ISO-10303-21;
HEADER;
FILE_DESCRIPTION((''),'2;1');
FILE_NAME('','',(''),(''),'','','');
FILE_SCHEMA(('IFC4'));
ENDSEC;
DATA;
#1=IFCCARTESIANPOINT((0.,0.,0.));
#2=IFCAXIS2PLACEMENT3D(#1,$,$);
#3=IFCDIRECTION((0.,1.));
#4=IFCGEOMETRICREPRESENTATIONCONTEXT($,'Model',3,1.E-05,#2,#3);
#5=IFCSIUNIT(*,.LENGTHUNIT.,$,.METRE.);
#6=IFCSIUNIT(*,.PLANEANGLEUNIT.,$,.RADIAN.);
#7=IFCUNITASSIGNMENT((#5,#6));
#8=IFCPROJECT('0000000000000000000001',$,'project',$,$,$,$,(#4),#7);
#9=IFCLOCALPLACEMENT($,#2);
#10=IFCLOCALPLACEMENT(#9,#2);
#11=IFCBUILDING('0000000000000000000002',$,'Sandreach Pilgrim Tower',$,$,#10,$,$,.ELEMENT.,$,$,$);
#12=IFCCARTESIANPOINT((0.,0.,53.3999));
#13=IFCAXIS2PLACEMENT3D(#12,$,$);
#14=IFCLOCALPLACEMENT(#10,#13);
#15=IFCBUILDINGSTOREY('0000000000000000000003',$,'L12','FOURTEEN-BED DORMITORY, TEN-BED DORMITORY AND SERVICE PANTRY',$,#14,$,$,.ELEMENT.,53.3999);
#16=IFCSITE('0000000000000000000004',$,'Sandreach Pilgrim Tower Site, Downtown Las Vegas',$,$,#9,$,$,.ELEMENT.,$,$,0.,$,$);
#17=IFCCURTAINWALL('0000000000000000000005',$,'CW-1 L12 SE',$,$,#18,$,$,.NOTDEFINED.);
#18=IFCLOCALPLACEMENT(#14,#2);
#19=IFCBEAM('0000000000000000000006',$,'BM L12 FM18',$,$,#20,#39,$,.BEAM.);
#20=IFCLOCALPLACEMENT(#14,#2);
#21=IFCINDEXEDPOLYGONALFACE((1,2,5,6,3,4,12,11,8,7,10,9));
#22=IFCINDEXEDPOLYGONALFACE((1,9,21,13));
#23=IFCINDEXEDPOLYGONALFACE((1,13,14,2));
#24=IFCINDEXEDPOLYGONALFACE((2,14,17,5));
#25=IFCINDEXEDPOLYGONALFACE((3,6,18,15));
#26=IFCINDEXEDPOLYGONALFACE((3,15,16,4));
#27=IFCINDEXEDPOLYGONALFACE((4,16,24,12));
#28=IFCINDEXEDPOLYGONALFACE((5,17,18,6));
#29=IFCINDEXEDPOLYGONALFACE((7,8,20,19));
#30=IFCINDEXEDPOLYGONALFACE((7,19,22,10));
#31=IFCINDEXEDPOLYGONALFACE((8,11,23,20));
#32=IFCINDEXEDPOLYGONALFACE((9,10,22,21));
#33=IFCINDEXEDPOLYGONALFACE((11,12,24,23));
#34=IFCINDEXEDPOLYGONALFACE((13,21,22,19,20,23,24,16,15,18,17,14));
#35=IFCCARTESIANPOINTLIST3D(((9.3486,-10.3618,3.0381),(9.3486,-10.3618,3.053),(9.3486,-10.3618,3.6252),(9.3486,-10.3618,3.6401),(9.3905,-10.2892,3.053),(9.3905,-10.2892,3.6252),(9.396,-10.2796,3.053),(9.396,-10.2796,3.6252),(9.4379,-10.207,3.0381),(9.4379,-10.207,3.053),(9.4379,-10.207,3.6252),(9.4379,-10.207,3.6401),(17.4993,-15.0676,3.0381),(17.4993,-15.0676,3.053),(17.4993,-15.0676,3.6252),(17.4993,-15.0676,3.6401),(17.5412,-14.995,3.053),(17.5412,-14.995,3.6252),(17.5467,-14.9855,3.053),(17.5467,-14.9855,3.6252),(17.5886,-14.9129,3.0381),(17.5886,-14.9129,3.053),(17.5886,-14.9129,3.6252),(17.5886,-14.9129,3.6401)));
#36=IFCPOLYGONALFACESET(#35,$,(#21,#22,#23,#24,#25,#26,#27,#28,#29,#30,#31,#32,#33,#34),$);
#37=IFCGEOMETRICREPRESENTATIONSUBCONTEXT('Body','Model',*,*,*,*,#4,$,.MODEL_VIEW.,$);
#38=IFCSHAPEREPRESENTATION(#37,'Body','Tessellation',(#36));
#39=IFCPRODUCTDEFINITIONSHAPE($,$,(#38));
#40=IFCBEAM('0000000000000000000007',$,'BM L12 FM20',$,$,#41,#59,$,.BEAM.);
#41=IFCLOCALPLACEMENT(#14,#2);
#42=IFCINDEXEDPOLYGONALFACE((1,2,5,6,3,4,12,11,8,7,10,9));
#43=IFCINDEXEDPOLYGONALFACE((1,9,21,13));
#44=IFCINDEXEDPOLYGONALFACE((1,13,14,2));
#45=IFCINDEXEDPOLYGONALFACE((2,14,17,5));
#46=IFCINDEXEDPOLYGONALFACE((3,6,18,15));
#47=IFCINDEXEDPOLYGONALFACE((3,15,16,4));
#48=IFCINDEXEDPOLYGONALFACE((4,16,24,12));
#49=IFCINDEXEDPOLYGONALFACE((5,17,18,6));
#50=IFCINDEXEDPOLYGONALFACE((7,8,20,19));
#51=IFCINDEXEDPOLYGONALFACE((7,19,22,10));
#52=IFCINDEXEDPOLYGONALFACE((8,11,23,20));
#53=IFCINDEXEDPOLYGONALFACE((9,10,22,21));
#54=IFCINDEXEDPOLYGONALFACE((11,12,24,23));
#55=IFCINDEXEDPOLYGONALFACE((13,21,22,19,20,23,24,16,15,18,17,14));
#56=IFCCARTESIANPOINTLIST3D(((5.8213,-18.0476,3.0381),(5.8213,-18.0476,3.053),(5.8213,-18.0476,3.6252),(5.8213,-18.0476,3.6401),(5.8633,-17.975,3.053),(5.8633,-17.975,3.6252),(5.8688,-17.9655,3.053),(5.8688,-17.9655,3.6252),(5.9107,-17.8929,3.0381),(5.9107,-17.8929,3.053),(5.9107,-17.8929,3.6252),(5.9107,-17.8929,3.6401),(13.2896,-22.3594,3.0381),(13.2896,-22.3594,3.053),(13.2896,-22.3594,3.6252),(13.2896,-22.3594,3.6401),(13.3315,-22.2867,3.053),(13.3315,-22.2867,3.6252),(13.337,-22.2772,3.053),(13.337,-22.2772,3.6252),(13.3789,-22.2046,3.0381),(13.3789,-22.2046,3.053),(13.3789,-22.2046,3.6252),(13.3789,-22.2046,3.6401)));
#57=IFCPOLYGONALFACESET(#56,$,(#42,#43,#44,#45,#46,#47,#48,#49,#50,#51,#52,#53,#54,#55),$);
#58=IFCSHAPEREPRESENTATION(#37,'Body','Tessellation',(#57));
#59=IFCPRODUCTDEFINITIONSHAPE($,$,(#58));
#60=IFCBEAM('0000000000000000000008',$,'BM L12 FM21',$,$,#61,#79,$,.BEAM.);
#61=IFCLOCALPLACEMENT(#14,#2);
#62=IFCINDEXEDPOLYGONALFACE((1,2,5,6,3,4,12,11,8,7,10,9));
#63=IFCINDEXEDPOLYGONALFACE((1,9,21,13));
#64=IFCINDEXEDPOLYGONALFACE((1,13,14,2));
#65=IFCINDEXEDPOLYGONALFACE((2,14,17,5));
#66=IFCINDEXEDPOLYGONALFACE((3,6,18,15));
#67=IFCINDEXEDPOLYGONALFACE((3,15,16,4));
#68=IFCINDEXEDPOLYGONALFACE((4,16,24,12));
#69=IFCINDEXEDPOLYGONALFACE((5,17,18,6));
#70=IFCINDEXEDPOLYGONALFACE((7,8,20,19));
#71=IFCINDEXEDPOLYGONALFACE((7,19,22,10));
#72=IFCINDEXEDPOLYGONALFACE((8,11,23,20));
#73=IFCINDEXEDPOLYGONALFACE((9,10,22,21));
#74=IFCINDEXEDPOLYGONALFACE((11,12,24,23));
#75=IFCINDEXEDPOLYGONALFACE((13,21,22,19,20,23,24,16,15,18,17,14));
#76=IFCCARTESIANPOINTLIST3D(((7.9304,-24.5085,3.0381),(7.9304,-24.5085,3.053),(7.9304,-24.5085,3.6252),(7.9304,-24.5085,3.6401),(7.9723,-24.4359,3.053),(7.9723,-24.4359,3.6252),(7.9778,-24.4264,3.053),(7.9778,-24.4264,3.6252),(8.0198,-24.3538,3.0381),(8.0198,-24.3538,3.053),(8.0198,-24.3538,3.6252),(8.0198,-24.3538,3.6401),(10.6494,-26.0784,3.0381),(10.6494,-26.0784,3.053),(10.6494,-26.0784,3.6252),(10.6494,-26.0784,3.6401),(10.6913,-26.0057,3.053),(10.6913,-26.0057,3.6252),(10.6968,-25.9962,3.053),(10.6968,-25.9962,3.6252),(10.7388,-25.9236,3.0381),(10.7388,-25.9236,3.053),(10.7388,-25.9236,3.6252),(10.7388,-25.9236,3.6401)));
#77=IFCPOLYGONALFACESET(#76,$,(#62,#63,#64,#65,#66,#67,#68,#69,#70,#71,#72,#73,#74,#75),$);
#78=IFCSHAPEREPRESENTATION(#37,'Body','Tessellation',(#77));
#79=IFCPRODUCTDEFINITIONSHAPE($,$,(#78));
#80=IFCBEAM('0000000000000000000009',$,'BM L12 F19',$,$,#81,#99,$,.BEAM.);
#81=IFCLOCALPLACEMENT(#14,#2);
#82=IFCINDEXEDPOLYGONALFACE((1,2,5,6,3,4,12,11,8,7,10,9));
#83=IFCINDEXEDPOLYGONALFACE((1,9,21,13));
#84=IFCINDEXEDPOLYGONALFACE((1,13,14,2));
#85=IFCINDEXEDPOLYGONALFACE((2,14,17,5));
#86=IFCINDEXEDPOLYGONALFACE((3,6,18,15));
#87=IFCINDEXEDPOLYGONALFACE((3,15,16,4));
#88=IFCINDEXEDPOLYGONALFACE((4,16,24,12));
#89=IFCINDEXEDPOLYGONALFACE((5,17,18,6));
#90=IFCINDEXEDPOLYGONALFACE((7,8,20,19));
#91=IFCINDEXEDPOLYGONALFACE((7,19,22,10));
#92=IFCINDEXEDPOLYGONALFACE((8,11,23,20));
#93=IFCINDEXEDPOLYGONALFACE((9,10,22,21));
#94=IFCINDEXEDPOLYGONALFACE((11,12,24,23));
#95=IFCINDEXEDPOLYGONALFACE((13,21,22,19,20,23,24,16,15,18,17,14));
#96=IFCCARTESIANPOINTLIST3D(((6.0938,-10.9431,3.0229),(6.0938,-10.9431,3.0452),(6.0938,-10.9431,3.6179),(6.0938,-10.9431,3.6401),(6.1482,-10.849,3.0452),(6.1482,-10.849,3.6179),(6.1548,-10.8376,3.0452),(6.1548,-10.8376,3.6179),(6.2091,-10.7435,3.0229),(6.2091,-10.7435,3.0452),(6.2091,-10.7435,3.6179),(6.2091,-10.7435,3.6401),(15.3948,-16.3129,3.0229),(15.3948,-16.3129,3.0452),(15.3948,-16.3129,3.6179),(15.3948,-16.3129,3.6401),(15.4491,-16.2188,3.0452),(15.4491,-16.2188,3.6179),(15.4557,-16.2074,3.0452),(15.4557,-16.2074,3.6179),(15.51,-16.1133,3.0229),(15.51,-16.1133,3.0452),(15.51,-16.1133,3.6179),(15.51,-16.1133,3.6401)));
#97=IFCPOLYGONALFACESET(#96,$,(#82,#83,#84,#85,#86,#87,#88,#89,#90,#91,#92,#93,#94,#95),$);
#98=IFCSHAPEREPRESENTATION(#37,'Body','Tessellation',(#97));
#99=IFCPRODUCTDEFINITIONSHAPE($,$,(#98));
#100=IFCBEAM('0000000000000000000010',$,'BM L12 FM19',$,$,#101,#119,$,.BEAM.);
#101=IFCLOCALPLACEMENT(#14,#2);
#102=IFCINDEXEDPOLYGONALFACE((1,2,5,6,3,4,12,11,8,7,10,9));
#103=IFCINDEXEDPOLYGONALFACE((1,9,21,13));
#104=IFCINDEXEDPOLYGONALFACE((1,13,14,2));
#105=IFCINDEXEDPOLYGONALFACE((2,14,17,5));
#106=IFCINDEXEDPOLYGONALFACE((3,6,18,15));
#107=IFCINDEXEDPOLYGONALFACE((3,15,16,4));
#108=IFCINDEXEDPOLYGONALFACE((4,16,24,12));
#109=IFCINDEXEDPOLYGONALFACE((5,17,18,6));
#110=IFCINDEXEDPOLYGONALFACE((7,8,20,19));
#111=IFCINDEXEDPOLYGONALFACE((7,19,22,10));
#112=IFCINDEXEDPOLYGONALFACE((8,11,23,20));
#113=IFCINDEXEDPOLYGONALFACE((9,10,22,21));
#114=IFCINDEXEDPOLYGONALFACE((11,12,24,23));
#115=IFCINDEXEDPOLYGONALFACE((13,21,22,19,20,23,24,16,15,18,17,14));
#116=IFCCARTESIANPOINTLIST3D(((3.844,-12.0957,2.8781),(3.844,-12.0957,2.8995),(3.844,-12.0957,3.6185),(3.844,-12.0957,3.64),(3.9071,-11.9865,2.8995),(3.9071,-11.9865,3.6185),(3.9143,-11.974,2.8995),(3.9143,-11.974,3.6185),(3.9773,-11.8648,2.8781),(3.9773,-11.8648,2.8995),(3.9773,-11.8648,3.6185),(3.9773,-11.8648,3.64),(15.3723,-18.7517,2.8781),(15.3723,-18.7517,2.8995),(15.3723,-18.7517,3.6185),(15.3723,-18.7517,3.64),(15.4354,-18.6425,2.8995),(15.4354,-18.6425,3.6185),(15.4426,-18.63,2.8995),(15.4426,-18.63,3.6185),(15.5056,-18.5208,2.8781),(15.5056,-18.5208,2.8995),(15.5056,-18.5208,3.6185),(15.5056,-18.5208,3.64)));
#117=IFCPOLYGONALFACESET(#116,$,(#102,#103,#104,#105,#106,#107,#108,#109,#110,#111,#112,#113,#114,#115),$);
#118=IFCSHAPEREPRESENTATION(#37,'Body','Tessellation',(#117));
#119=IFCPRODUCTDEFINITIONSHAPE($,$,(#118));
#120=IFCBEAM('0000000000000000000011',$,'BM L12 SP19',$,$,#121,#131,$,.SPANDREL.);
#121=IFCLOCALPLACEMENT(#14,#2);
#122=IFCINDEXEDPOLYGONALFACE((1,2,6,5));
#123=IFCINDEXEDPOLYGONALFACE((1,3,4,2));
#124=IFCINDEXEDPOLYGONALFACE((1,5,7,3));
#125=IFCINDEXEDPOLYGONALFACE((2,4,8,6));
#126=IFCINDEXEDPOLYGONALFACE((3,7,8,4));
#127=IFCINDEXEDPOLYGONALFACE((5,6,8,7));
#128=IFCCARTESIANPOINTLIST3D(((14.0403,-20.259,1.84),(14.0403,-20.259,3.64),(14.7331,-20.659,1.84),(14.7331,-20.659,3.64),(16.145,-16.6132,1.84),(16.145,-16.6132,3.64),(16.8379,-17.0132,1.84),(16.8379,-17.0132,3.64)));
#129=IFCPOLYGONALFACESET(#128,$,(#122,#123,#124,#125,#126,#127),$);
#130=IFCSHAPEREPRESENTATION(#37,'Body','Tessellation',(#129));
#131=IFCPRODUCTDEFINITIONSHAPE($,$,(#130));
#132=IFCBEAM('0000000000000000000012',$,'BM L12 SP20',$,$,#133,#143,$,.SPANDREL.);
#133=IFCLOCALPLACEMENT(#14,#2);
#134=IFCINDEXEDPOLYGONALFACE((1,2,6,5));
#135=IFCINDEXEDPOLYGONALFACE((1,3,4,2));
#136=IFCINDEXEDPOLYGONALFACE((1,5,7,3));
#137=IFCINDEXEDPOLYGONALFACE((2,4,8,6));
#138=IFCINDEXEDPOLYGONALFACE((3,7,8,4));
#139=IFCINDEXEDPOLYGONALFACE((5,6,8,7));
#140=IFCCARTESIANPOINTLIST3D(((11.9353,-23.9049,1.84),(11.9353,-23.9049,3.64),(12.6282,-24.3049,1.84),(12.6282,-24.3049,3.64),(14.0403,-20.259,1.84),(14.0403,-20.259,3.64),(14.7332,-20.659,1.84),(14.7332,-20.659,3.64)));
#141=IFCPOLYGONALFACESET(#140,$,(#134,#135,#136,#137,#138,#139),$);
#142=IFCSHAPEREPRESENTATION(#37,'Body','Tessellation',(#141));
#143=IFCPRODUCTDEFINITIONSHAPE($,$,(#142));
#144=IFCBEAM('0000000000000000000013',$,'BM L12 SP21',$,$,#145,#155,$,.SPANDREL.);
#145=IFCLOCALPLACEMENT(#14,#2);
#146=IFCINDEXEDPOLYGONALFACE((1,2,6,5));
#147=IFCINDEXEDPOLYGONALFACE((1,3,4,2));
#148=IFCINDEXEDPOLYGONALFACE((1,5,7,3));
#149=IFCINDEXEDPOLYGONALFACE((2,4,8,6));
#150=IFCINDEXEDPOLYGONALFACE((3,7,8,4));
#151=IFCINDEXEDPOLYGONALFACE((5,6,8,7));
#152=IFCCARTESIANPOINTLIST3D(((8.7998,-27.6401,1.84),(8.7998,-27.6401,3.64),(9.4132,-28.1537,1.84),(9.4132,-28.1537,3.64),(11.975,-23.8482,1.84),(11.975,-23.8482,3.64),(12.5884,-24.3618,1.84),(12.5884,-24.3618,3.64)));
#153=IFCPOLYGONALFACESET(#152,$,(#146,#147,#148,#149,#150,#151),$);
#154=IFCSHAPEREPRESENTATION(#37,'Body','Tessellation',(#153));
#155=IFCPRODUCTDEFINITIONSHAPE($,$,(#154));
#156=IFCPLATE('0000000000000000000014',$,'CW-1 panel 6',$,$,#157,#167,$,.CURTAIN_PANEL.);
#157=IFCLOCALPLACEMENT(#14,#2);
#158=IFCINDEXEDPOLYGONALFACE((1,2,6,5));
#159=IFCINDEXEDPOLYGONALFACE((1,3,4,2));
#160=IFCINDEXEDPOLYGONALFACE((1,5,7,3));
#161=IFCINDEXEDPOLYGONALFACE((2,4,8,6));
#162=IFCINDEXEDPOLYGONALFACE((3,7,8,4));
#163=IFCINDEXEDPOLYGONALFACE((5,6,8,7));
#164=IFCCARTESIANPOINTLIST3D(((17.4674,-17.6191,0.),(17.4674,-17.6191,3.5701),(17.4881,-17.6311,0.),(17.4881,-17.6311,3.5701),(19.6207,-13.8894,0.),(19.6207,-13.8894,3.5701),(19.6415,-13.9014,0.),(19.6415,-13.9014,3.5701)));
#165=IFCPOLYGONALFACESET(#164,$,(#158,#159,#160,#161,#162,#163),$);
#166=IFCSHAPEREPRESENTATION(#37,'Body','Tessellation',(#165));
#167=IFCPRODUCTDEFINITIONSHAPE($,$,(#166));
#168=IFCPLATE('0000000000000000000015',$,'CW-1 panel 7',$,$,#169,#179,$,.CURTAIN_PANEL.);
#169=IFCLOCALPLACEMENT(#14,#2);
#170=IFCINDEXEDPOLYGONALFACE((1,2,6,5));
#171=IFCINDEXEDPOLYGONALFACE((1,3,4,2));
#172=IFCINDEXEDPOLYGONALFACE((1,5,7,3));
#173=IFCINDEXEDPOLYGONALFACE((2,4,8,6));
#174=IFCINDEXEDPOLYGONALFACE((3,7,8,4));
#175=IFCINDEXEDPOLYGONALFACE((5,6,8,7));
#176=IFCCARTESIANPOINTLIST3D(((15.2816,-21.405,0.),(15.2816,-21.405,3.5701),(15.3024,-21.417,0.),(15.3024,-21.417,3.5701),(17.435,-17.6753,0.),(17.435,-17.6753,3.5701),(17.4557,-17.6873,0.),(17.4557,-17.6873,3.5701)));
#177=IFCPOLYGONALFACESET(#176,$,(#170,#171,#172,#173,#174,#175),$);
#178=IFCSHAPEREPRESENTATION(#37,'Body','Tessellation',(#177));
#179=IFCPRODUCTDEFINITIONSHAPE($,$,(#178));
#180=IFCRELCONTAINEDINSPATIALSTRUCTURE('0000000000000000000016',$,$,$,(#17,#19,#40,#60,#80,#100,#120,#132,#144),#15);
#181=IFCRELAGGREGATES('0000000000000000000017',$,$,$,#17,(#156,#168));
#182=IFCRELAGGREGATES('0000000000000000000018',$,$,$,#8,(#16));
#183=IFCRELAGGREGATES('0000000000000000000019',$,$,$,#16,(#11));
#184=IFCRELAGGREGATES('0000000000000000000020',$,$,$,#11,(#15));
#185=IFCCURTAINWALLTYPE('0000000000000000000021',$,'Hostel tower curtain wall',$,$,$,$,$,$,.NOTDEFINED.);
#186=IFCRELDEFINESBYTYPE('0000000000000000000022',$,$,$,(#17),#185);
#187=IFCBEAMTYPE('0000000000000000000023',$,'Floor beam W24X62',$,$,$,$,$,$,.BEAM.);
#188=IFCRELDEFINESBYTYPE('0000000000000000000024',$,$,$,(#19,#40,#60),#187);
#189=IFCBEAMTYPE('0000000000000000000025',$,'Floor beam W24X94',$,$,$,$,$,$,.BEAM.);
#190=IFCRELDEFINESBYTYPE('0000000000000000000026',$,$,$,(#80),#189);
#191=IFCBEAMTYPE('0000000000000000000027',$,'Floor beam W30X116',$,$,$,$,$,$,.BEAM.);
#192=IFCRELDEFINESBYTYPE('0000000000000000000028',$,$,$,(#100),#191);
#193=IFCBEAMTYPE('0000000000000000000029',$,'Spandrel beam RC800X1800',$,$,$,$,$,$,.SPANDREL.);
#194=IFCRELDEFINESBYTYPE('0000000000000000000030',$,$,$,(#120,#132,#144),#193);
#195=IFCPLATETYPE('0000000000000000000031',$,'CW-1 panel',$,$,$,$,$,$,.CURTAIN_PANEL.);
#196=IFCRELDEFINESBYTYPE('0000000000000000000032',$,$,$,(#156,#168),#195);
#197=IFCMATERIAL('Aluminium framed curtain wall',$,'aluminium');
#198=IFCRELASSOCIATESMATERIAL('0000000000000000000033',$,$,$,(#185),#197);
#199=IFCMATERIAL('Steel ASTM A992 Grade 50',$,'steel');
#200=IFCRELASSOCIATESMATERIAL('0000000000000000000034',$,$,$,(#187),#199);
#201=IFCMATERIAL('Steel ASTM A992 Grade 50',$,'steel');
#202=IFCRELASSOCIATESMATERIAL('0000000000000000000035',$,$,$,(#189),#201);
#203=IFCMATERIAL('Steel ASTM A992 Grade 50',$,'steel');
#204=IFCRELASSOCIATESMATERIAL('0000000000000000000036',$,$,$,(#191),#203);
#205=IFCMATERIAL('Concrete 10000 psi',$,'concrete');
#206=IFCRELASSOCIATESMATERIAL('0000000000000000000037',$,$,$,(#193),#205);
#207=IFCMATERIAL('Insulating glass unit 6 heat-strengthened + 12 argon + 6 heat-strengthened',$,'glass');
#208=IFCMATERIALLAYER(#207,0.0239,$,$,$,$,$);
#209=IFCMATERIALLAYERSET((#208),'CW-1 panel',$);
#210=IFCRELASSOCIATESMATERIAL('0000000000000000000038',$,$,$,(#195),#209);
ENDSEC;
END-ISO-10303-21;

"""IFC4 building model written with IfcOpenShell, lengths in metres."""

from ifc_helpers import new_model, si_unit, direction, frame, origin, origin_2d, place, context, subcontext, project, spatial, rectangle, i_section, extrude, material, layer, layer_set, material_profile, profile_set, type_object, element, aggregate, save


model = new_model("IFC4")

# Units and contexts
model_context = context("Model", 3, precision=1e-05, world=origin(), true_north=direction((0.0, 1.0)))
body_context = subcontext(model_context, "Body", "Model", "MODEL_VIEW")
ifc_project = project(units=[si_unit("LENGTHUNIT", "METRE"), si_unit("PLANEANGLEUNIT", "RADIAN")], contexts=[model_context])

# Site, building, storey
site_placement = place(None, origin())
site = spatial("IfcSite", under=ifc_project, at=site_placement, Name="Sandreach Pilgrim Tower Site, Downtown Las Vegas", CompositionType="ELEMENT", RefElevation=0.0)
building_placement = place(site_placement, origin())
building = spatial("IfcBuilding", under=site, at=building_placement, Name="Sandreach Pilgrim Tower", CompositionType="ELEMENT")
storey_placement = place(building_placement, frame((0.0, 0.0, 53.3999)))
storey = spatial("IfcBuildingStorey", under=building, at=storey_placement, Name="L12", Description="FOURTEEN-BED DORMITORY, TEN-BED DORMITORY AND SERVICE PANTRY", CompositionType="ELEMENT", Elevation=53.3999)

# Curtain wall
ifc_material_1 = material(Name="Aluminium framed curtain wall", Category="aluminium")
curtain_wall_type = type_object("IfcCurtainWallType", Name="Hostel tower curtain wall", PredefinedType="NOTDEFINED", material=ifc_material_1)
curtain_wall_placement = place(storey_placement, origin())
curtain_wall = element("IfcCurtainWall", 1, at=curtain_wall_placement, inside=storey, type_object=curtain_wall_type, Name="CW-1 L12 SE", PredefinedType="NOTDEFINED")

# Beams
ifc_material_2 = material(Name="Steel ASTM A992 Grade 50", Category="steel")
ifc_material_profile_1 = material_profile(ifc_material_2, i_section(OverallWidth=0.1787, OverallDepth=0.6021, WebThickness=0.011, FlangeThickness=0.0149, at=origin_2d()), Name="W24X62")
ifc_profile_set_1 = profile_set([ifc_material_profile_1], Name="Steel ASTM A992 Grade 50")
beam_type_1 = type_object("IfcBeamType", Name="Floor beam W24X62", PredefinedType="BEAM", material=ifc_profile_set_1)
beam_1_placement = place(storey_placement, frame((17.5439, -14.9902, 3.3391), z_axis=(-0.866024, 0.500003, 0.0), x_axis=(-0.500003, -0.866024, 0.0)))
element("IfcBeam", 2, at=beam_1_placement, inside=storey, type_object=beam_type_1, Name="BM L12 FM18", PredefinedType="BEAM", context=body_context, shape_type="SweptSolid", body=[
    extrude(i_section(OverallWidth=0.1787, OverallDepth=0.6021, WebThickness=0.011, FlangeThickness=0.0149, at=origin_2d()), origin(), (0.0, 0.0, 1.0), 9.4116),
])
beam_2_placement = place(storey_placement, frame((13.3342, -22.282, 3.3391), z_axis=(-0.866027, 0.499997, 0.0), x_axis=(-0.499997, -0.866027, 0.0)))
element("IfcBeam", 3, at=beam_2_placement, inside=storey, type_object=beam_type_1, Name="BM L12 FM20", PredefinedType="BEAM", context=body_context, shape_type="SweptSolid", body=[
    extrude(i_section(OverallWidth=0.1787, OverallDepth=0.6021, WebThickness=0.011, FlangeThickness=0.0149, at=origin_2d()), origin(), (0.0, 0.0, 1.0), 8.6235),
])
beam_3_placement = place(storey_placement, frame((10.6941, -26.001, 3.3391), z_axis=(-0.866024, 0.500003, 0.0), x_axis=(-0.500003, -0.866024, 0.0)))
element("IfcBeam", 4, at=beam_3_placement, inside=storey, type_object=beam_type_1, Name="BM L12 FM21", PredefinedType="BEAM", context=body_context, shape_type="SweptSolid", body=[
    extrude(i_section(OverallWidth=0.1787, OverallDepth=0.6021, WebThickness=0.011, FlangeThickness=0.0149, at=origin_2d()), origin(), (0.0, 0.0, 1.0), 3.1396),
])
ifc_material_3 = material(Name="Steel ASTM A992 Grade 50", Category="steel")
ifc_material_profile_2 = material_profile(ifc_material_3, i_section(OverallWidth=0.2305, OverallDepth=0.6172, WebThickness=0.0132, FlangeThickness=0.0222, at=origin_2d()), Name="W24X94")
ifc_profile_set_2 = profile_set([ifc_material_profile_2], Name="Steel ASTM A992 Grade 50")
beam_type_2 = type_object("IfcBeamType", Name="Floor beam W24X94", PredefinedType="BEAM", material=ifc_profile_set_2)
beam_4_placement = place(storey_placement, frame((15.4524, -16.2131, 3.3315), z_axis=(-0.866028, 0.499995, 0.0), x_axis=(-0.499995, -0.866028, 0.0)))
element("IfcBeam", 5, at=beam_4_placement, inside=storey, type_object=beam_type_2, Name="BM L12 F19", PredefinedType="BEAM", context=body_context, shape_type="SweptSolid", body=[
    extrude(i_section(OverallWidth=0.2305, OverallDepth=0.6172, WebThickness=0.0132, FlangeThickness=0.0222, at=origin_2d()), origin(), (0.0, 0.0, 1.0), 10.7397),
])
ifc_material_4 = material(Name="Steel ASTM A992 Grade 50", Category="steel")
ifc_material_profile_3 = material_profile(ifc_material_4, i_section(OverallWidth=0.2666, OverallDepth=0.762, WebThickness=0.0144, FlangeThickness=0.0215, at=origin_2d()), Name="W30X116")
ifc_profile_set_3 = profile_set([ifc_material_profile_3], Name="Steel ASTM A992 Grade 50")
beam_type_3 = type_object("IfcBeamType", Name="Floor beam W30X116", PredefinedType="BEAM", material=ifc_profile_set_3)
beam_5_placement = place(storey_placement, frame((15.439, -18.6362, 3.259), z_axis=(-0.866021, 0.500007, 0.0), x_axis=(-0.500007, -0.866021, 0.0)))
element("IfcBeam", 6, at=beam_5_placement, inside=storey, type_object=beam_type_3, Name="BM L12 FM19", PredefinedType="BEAM", context=body_context, shape_type="SweptSolid", body=[
    extrude(i_section(OverallWidth=0.2666, OverallDepth=0.762, WebThickness=0.0144, FlangeThickness=0.0215, at=origin_2d()), origin(), (0.0, 0.0, 1.0), 13.3118),
])
ifc_material_5 = material(Name="Concrete 10000 psi", Category="concrete")
ifc_material_profile_4 = material_profile(ifc_material_5, rectangle(XDim=0.8, YDim=1.8, at=origin_2d()), Name="RC800X1800")
ifc_profile_set_4 = profile_set([ifc_material_profile_4], Name="Concrete 10000 psi")
beam_type_4 = type_object("IfcBeamType", Name="Spandrel beam RC800X1800", PredefinedType="SPANDREL", material=ifc_profile_set_4)
beam_6_placement = place(storey_placement, frame((16.4915, -16.8132, 2.74), z_axis=(-0.499975, -0.86604, 0.0), x_axis=(0.86604, -0.499975, 0.0)))
element("IfcBeam", 7, at=beam_6_placement, inside=storey, type_object=beam_type_4, Name="BM L12 SP19", PredefinedType="SPANDREL", context=body_context, shape_type="SweptSolid", body=[
    extrude(rectangle(XDim=0.8, YDim=1.8, at=origin_2d()), origin(), (0.0, 0.0, 1.0), 4.2097),
])
beam_7_placement = place(storey_placement, frame((14.3867, -20.459, 2.74), z_axis=(-0.499994, -0.866029, 0.0), x_axis=(0.866029, -0.499994, 0.0)))
element("IfcBeam", 8, at=beam_7_placement, inside=storey, type_object=beam_type_4, Name="BM L12 SP20", PredefinedType="SPANDREL", context=body_context, shape_type="SweptSolid", body=[
    extrude(rectangle(XDim=0.8, YDim=1.8, at=origin_2d()), origin(), (0.0, 0.0, 1.0), 4.21),
])
beam_8_placement = place(storey_placement, frame((12.2817, -24.105, 2.74), z_axis=(-0.642008, -0.766698, 0.0), x_axis=(0.766698, -0.642008, 0.0)))
element("IfcBeam", 9, at=beam_8_placement, inside=storey, type_object=beam_type_4, Name="BM L12 SP21", PredefinedType="SPANDREL", context=body_context, shape_type="SweptSolid", body=[
    extrude(rectangle(XDim=0.8, YDim=1.8, at=origin_2d()), origin(), (0.0, 0.0, 1.0), 4.9458),
])

# Plates
ifc_material_6 = material(Name="Insulating glass unit 6 heat-strengthened + 12 argon + 6 heat-strengthened", Category="glass")
ifc_layer_1 = layer(ifc_material_6, 0.0239)
ifc_layer_set_1 = layer_set([ifc_layer_1], Name="CW-1 panel")
plate_type = type_object("IfcPlateType", Name="CW-1 panel", PredefinedType="CURTAIN_PANEL", material=ifc_layer_set_1)
plate_1_placement = place(storey_placement, frame((18.5544, -15.7603, 0.0), z_axis=(0.0, 0.0, 1.0), x_axis=(-0.5, -0.866025, 0.0)))
plate_1 = element("IfcPlate", 10, at=plate_1_placement, type_object=plate_type, Name="CW-1 panel 6", PredefinedType="CURTAIN_PANEL", context=body_context, shape_type="SweptSolid", body=[
    extrude(rectangle(XDim=4.3066, YDim=0.0239, at=origin_2d()), origin(), (0.0, 0.0, 1.0), 3.5701),
])
plate_2_placement = place(storey_placement, frame((16.3687, -19.5461, 0.0), z_axis=(0.0, 0.0, 1.0), x_axis=(-0.5, -0.866025, 0.0)))
plate_2 = element("IfcPlate", 11, at=plate_2_placement, type_object=plate_type, Name="CW-1 panel 7", PredefinedType="CURTAIN_PANEL", context=body_context, shape_type="SweptSolid", body=[
    extrude(rectangle(XDim=4.3066, YDim=0.0239, at=origin_2d()), origin(), (0.0, 0.0, 1.0), 3.5701),
])
aggregate(curtain_wall, [plate_1, plate_2])

save(model, "model.ifc")
